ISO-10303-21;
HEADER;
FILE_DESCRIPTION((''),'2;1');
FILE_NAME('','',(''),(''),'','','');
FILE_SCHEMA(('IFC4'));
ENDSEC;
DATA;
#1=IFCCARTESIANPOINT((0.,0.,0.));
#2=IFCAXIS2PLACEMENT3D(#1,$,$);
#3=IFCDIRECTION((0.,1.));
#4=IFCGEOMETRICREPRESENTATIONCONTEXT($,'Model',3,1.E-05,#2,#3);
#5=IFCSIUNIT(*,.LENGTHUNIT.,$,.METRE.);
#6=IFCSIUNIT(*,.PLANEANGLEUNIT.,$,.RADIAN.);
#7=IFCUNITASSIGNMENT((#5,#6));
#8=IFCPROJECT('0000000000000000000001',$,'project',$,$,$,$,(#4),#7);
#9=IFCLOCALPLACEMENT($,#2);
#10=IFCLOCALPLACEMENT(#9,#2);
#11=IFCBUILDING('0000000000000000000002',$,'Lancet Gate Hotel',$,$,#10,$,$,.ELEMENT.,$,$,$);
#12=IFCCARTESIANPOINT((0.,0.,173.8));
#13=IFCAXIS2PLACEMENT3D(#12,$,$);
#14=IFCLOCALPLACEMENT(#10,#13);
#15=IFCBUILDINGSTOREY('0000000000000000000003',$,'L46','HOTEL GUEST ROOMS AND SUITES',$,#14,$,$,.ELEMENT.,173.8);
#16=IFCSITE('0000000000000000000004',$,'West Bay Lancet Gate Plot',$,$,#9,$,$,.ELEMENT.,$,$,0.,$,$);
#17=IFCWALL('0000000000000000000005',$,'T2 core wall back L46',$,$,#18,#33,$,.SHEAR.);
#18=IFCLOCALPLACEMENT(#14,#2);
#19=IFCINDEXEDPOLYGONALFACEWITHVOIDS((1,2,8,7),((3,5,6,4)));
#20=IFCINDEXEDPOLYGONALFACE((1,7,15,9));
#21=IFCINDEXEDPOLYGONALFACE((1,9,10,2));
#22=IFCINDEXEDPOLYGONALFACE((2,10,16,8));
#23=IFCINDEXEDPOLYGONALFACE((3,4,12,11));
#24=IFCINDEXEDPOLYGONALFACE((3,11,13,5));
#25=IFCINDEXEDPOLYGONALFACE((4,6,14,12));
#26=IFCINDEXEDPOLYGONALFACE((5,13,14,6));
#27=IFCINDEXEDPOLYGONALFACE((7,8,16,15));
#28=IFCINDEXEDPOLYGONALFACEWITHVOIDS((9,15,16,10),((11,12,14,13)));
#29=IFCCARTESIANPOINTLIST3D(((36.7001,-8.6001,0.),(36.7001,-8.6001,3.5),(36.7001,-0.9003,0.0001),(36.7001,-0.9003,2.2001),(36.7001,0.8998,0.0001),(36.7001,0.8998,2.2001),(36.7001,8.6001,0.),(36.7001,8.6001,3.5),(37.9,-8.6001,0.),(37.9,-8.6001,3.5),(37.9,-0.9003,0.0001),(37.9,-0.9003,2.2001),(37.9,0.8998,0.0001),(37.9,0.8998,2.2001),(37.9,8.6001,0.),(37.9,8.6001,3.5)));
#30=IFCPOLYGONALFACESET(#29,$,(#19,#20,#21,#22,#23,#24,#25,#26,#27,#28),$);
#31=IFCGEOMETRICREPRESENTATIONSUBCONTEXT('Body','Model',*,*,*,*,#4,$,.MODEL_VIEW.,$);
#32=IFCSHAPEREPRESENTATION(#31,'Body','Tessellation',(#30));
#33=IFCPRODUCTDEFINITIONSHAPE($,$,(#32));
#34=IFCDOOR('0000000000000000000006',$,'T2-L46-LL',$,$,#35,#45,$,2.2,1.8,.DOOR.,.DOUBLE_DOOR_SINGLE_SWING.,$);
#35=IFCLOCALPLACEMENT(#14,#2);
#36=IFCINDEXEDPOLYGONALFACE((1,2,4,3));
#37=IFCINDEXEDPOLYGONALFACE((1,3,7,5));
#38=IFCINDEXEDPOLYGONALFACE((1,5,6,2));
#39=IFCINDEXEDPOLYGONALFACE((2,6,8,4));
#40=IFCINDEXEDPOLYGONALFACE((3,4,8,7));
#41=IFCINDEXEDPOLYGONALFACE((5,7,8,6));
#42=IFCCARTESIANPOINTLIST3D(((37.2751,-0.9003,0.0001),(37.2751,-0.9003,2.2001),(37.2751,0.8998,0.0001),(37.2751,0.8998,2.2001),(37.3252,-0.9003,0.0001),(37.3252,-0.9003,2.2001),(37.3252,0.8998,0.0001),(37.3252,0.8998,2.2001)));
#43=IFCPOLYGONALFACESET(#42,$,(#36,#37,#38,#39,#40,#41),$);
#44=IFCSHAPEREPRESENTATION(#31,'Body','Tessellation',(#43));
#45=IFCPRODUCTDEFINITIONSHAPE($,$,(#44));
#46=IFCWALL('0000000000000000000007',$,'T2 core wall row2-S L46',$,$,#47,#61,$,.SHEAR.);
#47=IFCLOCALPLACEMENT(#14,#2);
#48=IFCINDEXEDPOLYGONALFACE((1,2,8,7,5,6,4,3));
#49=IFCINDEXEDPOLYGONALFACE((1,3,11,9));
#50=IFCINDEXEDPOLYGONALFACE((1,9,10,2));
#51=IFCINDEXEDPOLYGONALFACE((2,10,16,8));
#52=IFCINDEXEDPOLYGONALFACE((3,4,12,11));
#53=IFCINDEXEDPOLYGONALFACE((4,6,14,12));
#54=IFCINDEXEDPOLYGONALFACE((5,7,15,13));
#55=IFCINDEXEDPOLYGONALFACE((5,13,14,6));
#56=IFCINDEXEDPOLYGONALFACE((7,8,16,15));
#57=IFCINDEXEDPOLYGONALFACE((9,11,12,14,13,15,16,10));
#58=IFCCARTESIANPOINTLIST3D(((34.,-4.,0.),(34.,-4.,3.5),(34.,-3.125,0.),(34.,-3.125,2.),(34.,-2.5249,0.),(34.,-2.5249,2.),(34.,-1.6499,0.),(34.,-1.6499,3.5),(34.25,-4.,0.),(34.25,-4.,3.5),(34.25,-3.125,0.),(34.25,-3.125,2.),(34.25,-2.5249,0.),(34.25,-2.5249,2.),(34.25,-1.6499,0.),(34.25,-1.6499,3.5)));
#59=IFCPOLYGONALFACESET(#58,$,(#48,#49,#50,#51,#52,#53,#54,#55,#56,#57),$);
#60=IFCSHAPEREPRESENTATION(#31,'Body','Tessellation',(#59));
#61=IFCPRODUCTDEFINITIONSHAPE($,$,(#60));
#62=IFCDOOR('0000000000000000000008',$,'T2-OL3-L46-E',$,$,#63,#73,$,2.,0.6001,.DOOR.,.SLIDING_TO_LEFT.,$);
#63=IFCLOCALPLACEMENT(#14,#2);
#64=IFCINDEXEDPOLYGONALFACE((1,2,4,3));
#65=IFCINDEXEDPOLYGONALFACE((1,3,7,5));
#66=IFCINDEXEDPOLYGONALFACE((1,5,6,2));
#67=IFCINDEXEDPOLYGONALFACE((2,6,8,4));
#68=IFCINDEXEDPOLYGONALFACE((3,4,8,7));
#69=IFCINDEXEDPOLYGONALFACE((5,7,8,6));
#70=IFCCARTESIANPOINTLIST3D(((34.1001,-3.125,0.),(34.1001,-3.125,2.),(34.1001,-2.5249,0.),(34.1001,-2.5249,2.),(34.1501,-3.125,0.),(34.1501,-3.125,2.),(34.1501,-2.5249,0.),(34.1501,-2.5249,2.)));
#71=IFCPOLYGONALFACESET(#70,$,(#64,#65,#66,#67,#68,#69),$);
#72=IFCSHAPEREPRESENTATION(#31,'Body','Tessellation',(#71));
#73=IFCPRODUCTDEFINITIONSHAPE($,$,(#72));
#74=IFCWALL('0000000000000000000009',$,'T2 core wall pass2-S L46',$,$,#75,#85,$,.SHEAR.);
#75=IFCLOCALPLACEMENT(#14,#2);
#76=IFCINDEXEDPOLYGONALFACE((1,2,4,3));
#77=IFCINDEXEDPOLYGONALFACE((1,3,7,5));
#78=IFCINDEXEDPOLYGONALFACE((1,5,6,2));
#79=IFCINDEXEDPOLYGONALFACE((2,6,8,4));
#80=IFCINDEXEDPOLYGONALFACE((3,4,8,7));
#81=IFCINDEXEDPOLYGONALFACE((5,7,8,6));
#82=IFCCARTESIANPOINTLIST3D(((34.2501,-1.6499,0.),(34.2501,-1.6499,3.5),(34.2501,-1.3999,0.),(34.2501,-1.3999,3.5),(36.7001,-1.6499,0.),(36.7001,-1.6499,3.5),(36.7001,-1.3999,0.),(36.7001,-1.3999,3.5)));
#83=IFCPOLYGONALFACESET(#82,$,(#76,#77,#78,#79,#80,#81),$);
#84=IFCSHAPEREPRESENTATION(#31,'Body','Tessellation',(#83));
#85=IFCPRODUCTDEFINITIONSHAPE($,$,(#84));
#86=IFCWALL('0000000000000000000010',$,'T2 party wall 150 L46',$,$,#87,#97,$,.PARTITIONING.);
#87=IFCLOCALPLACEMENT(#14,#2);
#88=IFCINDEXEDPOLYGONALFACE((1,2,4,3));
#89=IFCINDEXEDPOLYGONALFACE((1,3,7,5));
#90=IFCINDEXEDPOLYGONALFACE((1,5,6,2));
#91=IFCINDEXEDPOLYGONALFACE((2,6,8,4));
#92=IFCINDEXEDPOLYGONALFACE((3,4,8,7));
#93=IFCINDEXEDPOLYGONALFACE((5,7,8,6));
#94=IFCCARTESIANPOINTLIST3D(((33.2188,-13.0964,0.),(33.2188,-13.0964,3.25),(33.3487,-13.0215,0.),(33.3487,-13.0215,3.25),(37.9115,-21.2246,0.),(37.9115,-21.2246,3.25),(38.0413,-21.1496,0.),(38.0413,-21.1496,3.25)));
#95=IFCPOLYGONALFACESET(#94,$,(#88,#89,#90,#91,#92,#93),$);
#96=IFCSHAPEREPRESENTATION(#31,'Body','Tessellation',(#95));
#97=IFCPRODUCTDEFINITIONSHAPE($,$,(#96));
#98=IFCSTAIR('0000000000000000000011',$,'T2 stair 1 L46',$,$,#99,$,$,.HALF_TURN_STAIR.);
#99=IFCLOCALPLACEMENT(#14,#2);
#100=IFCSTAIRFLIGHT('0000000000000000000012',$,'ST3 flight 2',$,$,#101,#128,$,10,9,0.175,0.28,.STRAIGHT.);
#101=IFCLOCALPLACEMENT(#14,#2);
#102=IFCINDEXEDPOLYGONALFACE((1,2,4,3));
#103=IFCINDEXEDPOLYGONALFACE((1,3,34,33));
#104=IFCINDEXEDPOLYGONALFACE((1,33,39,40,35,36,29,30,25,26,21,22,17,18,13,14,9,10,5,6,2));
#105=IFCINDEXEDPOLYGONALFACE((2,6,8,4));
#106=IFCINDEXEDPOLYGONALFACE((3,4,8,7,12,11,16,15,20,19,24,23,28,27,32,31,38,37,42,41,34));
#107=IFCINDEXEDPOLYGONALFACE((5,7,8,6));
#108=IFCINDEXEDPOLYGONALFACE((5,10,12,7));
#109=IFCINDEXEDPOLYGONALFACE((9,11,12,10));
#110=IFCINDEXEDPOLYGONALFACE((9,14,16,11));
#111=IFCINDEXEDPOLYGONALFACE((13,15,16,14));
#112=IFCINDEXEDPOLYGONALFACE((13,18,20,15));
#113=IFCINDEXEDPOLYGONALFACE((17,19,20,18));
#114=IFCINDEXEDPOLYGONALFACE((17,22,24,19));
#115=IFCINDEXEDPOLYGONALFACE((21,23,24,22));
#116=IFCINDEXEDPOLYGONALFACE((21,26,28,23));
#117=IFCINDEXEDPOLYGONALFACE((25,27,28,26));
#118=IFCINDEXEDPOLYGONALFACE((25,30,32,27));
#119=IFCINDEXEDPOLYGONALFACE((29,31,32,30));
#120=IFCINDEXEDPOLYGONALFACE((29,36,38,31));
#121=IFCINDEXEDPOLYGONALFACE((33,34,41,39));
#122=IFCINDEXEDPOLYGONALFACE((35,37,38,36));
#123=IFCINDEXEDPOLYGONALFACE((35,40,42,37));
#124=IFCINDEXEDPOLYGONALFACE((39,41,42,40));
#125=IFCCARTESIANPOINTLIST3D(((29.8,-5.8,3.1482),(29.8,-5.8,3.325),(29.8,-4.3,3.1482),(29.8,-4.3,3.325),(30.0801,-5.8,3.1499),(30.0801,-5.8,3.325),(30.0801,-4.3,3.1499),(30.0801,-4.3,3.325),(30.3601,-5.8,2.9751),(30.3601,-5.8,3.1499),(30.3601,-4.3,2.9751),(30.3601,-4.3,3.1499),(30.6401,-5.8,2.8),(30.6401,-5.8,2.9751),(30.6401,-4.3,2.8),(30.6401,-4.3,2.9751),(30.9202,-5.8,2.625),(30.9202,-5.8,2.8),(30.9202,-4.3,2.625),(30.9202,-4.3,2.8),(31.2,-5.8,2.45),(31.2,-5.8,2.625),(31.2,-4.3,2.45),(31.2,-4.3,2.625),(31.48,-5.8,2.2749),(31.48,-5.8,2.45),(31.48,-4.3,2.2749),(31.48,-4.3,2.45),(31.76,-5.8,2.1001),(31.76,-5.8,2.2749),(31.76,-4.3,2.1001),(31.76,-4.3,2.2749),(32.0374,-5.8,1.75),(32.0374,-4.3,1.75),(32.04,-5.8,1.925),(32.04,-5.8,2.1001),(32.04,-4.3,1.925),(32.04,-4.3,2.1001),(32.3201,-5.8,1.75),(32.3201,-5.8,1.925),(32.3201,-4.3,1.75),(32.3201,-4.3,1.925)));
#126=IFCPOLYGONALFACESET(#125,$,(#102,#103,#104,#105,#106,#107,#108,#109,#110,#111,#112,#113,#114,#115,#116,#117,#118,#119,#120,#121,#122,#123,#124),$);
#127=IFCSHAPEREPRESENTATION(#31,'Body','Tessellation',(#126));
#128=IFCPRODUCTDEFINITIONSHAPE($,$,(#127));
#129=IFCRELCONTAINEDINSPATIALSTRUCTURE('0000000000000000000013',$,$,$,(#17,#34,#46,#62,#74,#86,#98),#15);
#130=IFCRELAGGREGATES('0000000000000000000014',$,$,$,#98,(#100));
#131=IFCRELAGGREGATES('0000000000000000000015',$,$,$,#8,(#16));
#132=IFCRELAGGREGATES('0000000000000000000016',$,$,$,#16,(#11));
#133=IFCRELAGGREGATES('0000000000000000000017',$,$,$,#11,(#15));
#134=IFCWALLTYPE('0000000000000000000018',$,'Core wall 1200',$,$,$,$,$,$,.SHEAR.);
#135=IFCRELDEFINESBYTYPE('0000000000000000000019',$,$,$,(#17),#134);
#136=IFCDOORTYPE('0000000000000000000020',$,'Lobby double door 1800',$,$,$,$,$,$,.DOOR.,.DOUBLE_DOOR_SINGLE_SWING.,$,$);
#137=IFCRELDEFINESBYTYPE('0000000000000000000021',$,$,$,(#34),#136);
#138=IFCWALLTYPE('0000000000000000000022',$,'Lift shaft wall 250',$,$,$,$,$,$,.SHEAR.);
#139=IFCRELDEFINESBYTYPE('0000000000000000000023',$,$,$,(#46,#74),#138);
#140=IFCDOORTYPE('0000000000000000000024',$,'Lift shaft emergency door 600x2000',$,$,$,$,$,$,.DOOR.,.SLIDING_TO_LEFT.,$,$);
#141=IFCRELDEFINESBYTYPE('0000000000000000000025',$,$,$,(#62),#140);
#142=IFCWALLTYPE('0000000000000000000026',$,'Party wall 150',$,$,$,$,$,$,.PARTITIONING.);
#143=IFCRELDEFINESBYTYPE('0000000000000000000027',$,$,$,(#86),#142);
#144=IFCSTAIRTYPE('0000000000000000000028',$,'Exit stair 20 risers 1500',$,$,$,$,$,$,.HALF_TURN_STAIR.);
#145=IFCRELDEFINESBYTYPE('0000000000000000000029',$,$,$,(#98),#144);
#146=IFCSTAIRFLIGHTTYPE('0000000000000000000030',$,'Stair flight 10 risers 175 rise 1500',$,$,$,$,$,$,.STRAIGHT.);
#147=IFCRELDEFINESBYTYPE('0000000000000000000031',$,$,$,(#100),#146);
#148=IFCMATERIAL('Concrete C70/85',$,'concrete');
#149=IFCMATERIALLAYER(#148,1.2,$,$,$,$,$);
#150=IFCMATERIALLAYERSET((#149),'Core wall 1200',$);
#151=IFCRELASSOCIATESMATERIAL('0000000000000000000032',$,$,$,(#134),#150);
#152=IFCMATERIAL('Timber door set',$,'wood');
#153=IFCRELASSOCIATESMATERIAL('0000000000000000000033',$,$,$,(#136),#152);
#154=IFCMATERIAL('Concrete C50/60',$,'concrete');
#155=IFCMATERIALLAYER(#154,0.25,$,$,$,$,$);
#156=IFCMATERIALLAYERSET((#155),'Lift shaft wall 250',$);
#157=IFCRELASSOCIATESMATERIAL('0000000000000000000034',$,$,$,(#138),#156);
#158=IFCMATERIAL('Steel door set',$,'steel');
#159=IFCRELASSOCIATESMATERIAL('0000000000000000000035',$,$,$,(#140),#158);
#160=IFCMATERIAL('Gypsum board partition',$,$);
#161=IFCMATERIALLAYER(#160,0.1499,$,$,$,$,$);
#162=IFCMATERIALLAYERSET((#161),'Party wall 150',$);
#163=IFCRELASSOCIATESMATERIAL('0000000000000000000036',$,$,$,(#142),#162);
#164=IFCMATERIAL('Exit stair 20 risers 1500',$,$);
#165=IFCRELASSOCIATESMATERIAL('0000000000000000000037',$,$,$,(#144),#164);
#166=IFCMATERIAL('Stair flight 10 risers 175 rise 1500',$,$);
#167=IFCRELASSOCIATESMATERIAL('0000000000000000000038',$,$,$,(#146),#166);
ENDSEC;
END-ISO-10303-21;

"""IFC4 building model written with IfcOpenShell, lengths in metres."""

from ifc_helpers import new_model, si_unit, direction, frame, frame_2d, origin, place, context, subcontext, project, spatial, polyline, rectangle, outline, extrude, material, layer, layer_set, type_object, element, fill, aggregate, save


model = new_model("IFC4")

# Units and contexts
model_context = context("Model", 3, precision=1e-05, world=origin(), true_north=direction((0.0, 1.0)))
body_context = subcontext(model_context, "Body", "Model", "MODEL_VIEW")
ifc_project = project(units=[si_unit("LENGTHUNIT", "METRE"), si_unit("PLANEANGLEUNIT", "RADIAN")], contexts=[model_context])

# Site, building, storey
site_placement = place(None, origin())
site = spatial("IfcSite", under=ifc_project, at=site_placement, Name="West Bay Lancet Gate Plot", CompositionType="ELEMENT", RefElevation=0.0)
building_placement = place(site_placement, origin())
building = spatial("IfcBuilding", under=site, at=building_placement, Name="Lancet Gate Hotel", CompositionType="ELEMENT")
storey_placement = place(building_placement, frame((0.0, 0.0, 173.8)))
storey = spatial("IfcBuildingStorey", under=building, at=storey_placement, Name="L46", Description="HOTEL GUEST ROOMS AND SUITES", CompositionType="ELEMENT", Elevation=173.8)

# Walls, openings, doors
ifc_material_1 = material(Name="Concrete C70/85", Category="concrete")
ifc_layer_1 = layer(ifc_material_1, 1.2)
ifc_layer_set_1 = layer_set([ifc_layer_1], Name="Core wall 1200")
wall_type_1 = type_object("IfcWallType", Name="Core wall 1200", PredefinedType="SHEAR", material=ifc_layer_set_1)
wall_1_placement = place(storey_placement, frame((37.3, -8.6001, 0.0), z_axis=(0.0, 0.0, 1.0), x_axis=(0.0, 1.0, 0.0)))
wall_1 = element("IfcWall", 1, at=wall_1_placement, inside=storey, type_object=wall_type_1, Name="T2 core wall back L46", PredefinedType="SHEAR", context=body_context, shape_type="SweptSolid", body=[
    extrude(rectangle(XDim=17.2002, YDim=1.2, at=frame_2d((8.6001, 0.0))), origin(), (0.0, 0.0, 1.0), 3.5),
])
opening_1_placement = place(wall_1_placement, frame((7.7, 0.0, 0.0)))
opening_1 = element("IfcOpeningElement", 2, at=opening_1_placement, cuts=wall_1, PredefinedType="OPENING", context=body_context, shape_type="SweptSolid", body=[
    extrude(rectangle(XDim=1.8, YDim=2.2, at=frame_2d((0.8999, 1.1001))), frame((0.0, 0.6099, 0.0), z_axis=(0.0, -1.0, 0.0), x_axis=(1.0, 0.0, 0.0)), (0.0, 0.0, 1.0), 1.22),
])
ifc_material_2 = material(Name="Timber door set", Category="wood")
door_type_1 = type_object("IfcDoorType", Name="Lobby double door 1800", OperationType="DOUBLE_DOOR_SINGLE_SWING", PredefinedType="DOOR", material=ifc_material_2)
door_1_placement = place(opening_1_placement, origin())
door_1 = element("IfcDoor", 3, at=door_1_placement, inside=storey, type_object=door_type_1, Name="T2-L46-LL", OperationType="DOUBLE_DOOR_SINGLE_SWING", OverallHeight=2.2, OverallWidth=1.8, PredefinedType="DOOR", context=body_context, shape_type="SweptSolid", body=[
    extrude(rectangle(XDim=1.8, YDim=2.2, at=frame_2d((0.8999, 1.1001))), frame((0.0, 0.0249, 0.0), z_axis=(0.0, -1.0, 0.0), x_axis=(1.0, 0.0, 0.0)), (0.0, 0.0, 1.0), 0.05),
])
fill(opening_1, door_1)
ifc_material_3 = material(Name="Concrete C50/60", Category="concrete")
ifc_layer_2 = layer(ifc_material_3, 0.25)
ifc_layer_set_2 = layer_set([ifc_layer_2], Name="Lift shaft wall 250")
wall_type_2 = type_object("IfcWallType", Name="Lift shaft wall 250", PredefinedType="SHEAR", material=ifc_layer_set_2)
wall_2_placement = place(storey_placement, frame((34.125, -4.0, 0.0), z_axis=(0.0, 0.0, 1.0), x_axis=(0.0, 1.0, 0.0)))
wall_2 = element("IfcWall", 4, at=wall_2_placement, inside=storey, type_object=wall_type_2, Name="T2 core wall row2-S L46", PredefinedType="SHEAR", context=body_context, shape_type="SweptSolid", body=[
    extrude(rectangle(XDim=2.3501, YDim=0.25, at=frame_2d((1.175, 0.0))), origin(), (0.0, 0.0, 1.0), 3.5),
])
opening_2_placement = place(wall_2_placement, frame((0.875, 0.0, 0.0)))
opening_2 = element("IfcOpeningElement", 5, at=opening_2_placement, cuts=wall_2, PredefinedType="OPENING", context=body_context, shape_type="SweptSolid", body=[
    extrude(rectangle(XDim=0.6001, YDim=2.0, at=frame_2d((0.3, 1.0))), frame((0.0, 0.135, 0.0), z_axis=(0.0, -1.0, 0.0), x_axis=(1.0, 0.0, 0.0)), (0.0, 0.0, 1.0), 0.27),
])
ifc_material_4 = material(Name="Steel door set", Category="steel")
door_type_2 = type_object("IfcDoorType", Name="Lift shaft emergency door 600x2000", OperationType="SLIDING_TO_LEFT", PredefinedType="DOOR", material=ifc_material_4)
door_2_placement = place(opening_2_placement, origin())
door_2 = element("IfcDoor", 6, at=door_2_placement, inside=storey, type_object=door_type_2, Name="T2-OL3-L46-E", OperationType="SLIDING_TO_LEFT", OverallHeight=2.0, OverallWidth=0.6001, PredefinedType="DOOR", context=body_context, shape_type="SweptSolid", body=[
    extrude(rectangle(XDim=0.6001, YDim=2.0, at=frame_2d((0.3, 1.0))), frame((0.0, 0.0249, 0.0), z_axis=(0.0, -1.0, 0.0), x_axis=(1.0, 0.0, 0.0)), (0.0, 0.0, 1.0), 0.05),
])
fill(opening_2, door_2)

# Walls
wall_3_placement = place(storey_placement, frame((34.25, -1.5249, 0.0), z_axis=(0.0, 0.0, 1.0), x_axis=(1.0, 0.0, 0.0)))
element("IfcWall", 7, at=wall_3_placement, inside=storey, type_object=wall_type_2, Name="T2 core wall pass2-S L46", PredefinedType="SHEAR", context=body_context, shape_type="SweptSolid", body=[
    extrude(rectangle(XDim=2.45, YDim=0.25, at=frame_2d((1.2251, 0.0))), origin(), (0.0, 0.0, 1.0), 3.5),
])
ifc_material_5 = material(Name="Gypsum board partition")
ifc_layer_3 = layer(ifc_material_5, 0.1499)
ifc_layer_set_3 = layer_set([ifc_layer_3], Name="Party wall 150")
wall_type_3 = type_object("IfcWallType", Name="Party wall 150", PredefinedType="PARTITIONING", material=ifc_layer_set_3)
wall_4_placement = place(storey_placement, frame((33.2837, -13.0588, 0.0), z_axis=(0.0, 0.0, 1.0), x_axis=(0.499986, -0.866034, 0.0)))
element("IfcWall", 8, at=wall_4_placement, inside=storey, type_object=wall_type_3, Name="T2 party wall 150 L46", PredefinedType="PARTITIONING", context=body_context, shape_type="SweptSolid", body=[
    extrude(rectangle(XDim=9.3855, YDim=0.1499, at=frame_2d((4.6929, 0.0))), origin(), (0.0, 0.0, 1.0), 3.25),
])

# Stair, stair flight
ifc_material_6 = material(Name="Exit stair 20 risers 1500")
stair_type = type_object("IfcStairType", Name="Exit stair 20 risers 1500", PredefinedType="HALF_TURN_STAIR", material=ifc_material_6)
stair_placement = place(storey_placement, origin())
stair = element("IfcStair", 9, at=stair_placement, inside=storey, type_object=stair_type, Name="T2 stair 1 L46", PredefinedType="HALF_TURN_STAIR")
ifc_material_7 = material(Name="Stair flight 10 risers 175 rise 1500")
stair_flight_type = type_object("IfcStairFlightType", Name="Stair flight 10 risers 175 rise 1500", PredefinedType="STRAIGHT", material=ifc_material_7)
stair_flight_placement = place(storey_placement, frame((32.3201, -5.05, 1.75), z_axis=(0.0, 0.0, 1.0), x_axis=(-1.0, 0.0, 0.0)))
stair_flight = element("IfcStairFlight", 10, at=stair_flight_placement, type_object=stair_flight_type, Name="ST3 flight 2", NumberOfRisers=10, NumberOfTreads=9, PredefinedType="STRAIGHT", RiserHeight=0.175, TreadLength=0.28, context=body_context, shape_type="SweptSolid", body=[
    extrude(outline(polyline([(0.0, 0.0), (0.0, 0.175), (0.28, 0.175), (0.28, 0.3501), (0.5601, 0.3501), (0.5601, 0.5249), (0.8401, 0.5249), (0.8401, 0.7), (1.1201, 0.7), (1.1201, 0.875), (1.3999, 0.875), (1.3999, 1.05), (1.6799, 1.05), (1.6799, 1.2251), (1.96, 1.2251), (1.96, 1.3999), (2.24, 1.3999), (2.24, 1.575), (2.52, 1.575), (2.52, 1.75), (2.52, 1.3982), (0.2827, 0.0), (0.0, 0.0)])), frame((0.0, 0.75, 0.0), z_axis=(0.0, -1.0, 0.0), x_axis=(1.0, 0.0, 0.0)), (0.0, 0.0, 1.0), 1.5),
])
aggregate(stair, [stair_flight])

save(model, "model.ifc")
